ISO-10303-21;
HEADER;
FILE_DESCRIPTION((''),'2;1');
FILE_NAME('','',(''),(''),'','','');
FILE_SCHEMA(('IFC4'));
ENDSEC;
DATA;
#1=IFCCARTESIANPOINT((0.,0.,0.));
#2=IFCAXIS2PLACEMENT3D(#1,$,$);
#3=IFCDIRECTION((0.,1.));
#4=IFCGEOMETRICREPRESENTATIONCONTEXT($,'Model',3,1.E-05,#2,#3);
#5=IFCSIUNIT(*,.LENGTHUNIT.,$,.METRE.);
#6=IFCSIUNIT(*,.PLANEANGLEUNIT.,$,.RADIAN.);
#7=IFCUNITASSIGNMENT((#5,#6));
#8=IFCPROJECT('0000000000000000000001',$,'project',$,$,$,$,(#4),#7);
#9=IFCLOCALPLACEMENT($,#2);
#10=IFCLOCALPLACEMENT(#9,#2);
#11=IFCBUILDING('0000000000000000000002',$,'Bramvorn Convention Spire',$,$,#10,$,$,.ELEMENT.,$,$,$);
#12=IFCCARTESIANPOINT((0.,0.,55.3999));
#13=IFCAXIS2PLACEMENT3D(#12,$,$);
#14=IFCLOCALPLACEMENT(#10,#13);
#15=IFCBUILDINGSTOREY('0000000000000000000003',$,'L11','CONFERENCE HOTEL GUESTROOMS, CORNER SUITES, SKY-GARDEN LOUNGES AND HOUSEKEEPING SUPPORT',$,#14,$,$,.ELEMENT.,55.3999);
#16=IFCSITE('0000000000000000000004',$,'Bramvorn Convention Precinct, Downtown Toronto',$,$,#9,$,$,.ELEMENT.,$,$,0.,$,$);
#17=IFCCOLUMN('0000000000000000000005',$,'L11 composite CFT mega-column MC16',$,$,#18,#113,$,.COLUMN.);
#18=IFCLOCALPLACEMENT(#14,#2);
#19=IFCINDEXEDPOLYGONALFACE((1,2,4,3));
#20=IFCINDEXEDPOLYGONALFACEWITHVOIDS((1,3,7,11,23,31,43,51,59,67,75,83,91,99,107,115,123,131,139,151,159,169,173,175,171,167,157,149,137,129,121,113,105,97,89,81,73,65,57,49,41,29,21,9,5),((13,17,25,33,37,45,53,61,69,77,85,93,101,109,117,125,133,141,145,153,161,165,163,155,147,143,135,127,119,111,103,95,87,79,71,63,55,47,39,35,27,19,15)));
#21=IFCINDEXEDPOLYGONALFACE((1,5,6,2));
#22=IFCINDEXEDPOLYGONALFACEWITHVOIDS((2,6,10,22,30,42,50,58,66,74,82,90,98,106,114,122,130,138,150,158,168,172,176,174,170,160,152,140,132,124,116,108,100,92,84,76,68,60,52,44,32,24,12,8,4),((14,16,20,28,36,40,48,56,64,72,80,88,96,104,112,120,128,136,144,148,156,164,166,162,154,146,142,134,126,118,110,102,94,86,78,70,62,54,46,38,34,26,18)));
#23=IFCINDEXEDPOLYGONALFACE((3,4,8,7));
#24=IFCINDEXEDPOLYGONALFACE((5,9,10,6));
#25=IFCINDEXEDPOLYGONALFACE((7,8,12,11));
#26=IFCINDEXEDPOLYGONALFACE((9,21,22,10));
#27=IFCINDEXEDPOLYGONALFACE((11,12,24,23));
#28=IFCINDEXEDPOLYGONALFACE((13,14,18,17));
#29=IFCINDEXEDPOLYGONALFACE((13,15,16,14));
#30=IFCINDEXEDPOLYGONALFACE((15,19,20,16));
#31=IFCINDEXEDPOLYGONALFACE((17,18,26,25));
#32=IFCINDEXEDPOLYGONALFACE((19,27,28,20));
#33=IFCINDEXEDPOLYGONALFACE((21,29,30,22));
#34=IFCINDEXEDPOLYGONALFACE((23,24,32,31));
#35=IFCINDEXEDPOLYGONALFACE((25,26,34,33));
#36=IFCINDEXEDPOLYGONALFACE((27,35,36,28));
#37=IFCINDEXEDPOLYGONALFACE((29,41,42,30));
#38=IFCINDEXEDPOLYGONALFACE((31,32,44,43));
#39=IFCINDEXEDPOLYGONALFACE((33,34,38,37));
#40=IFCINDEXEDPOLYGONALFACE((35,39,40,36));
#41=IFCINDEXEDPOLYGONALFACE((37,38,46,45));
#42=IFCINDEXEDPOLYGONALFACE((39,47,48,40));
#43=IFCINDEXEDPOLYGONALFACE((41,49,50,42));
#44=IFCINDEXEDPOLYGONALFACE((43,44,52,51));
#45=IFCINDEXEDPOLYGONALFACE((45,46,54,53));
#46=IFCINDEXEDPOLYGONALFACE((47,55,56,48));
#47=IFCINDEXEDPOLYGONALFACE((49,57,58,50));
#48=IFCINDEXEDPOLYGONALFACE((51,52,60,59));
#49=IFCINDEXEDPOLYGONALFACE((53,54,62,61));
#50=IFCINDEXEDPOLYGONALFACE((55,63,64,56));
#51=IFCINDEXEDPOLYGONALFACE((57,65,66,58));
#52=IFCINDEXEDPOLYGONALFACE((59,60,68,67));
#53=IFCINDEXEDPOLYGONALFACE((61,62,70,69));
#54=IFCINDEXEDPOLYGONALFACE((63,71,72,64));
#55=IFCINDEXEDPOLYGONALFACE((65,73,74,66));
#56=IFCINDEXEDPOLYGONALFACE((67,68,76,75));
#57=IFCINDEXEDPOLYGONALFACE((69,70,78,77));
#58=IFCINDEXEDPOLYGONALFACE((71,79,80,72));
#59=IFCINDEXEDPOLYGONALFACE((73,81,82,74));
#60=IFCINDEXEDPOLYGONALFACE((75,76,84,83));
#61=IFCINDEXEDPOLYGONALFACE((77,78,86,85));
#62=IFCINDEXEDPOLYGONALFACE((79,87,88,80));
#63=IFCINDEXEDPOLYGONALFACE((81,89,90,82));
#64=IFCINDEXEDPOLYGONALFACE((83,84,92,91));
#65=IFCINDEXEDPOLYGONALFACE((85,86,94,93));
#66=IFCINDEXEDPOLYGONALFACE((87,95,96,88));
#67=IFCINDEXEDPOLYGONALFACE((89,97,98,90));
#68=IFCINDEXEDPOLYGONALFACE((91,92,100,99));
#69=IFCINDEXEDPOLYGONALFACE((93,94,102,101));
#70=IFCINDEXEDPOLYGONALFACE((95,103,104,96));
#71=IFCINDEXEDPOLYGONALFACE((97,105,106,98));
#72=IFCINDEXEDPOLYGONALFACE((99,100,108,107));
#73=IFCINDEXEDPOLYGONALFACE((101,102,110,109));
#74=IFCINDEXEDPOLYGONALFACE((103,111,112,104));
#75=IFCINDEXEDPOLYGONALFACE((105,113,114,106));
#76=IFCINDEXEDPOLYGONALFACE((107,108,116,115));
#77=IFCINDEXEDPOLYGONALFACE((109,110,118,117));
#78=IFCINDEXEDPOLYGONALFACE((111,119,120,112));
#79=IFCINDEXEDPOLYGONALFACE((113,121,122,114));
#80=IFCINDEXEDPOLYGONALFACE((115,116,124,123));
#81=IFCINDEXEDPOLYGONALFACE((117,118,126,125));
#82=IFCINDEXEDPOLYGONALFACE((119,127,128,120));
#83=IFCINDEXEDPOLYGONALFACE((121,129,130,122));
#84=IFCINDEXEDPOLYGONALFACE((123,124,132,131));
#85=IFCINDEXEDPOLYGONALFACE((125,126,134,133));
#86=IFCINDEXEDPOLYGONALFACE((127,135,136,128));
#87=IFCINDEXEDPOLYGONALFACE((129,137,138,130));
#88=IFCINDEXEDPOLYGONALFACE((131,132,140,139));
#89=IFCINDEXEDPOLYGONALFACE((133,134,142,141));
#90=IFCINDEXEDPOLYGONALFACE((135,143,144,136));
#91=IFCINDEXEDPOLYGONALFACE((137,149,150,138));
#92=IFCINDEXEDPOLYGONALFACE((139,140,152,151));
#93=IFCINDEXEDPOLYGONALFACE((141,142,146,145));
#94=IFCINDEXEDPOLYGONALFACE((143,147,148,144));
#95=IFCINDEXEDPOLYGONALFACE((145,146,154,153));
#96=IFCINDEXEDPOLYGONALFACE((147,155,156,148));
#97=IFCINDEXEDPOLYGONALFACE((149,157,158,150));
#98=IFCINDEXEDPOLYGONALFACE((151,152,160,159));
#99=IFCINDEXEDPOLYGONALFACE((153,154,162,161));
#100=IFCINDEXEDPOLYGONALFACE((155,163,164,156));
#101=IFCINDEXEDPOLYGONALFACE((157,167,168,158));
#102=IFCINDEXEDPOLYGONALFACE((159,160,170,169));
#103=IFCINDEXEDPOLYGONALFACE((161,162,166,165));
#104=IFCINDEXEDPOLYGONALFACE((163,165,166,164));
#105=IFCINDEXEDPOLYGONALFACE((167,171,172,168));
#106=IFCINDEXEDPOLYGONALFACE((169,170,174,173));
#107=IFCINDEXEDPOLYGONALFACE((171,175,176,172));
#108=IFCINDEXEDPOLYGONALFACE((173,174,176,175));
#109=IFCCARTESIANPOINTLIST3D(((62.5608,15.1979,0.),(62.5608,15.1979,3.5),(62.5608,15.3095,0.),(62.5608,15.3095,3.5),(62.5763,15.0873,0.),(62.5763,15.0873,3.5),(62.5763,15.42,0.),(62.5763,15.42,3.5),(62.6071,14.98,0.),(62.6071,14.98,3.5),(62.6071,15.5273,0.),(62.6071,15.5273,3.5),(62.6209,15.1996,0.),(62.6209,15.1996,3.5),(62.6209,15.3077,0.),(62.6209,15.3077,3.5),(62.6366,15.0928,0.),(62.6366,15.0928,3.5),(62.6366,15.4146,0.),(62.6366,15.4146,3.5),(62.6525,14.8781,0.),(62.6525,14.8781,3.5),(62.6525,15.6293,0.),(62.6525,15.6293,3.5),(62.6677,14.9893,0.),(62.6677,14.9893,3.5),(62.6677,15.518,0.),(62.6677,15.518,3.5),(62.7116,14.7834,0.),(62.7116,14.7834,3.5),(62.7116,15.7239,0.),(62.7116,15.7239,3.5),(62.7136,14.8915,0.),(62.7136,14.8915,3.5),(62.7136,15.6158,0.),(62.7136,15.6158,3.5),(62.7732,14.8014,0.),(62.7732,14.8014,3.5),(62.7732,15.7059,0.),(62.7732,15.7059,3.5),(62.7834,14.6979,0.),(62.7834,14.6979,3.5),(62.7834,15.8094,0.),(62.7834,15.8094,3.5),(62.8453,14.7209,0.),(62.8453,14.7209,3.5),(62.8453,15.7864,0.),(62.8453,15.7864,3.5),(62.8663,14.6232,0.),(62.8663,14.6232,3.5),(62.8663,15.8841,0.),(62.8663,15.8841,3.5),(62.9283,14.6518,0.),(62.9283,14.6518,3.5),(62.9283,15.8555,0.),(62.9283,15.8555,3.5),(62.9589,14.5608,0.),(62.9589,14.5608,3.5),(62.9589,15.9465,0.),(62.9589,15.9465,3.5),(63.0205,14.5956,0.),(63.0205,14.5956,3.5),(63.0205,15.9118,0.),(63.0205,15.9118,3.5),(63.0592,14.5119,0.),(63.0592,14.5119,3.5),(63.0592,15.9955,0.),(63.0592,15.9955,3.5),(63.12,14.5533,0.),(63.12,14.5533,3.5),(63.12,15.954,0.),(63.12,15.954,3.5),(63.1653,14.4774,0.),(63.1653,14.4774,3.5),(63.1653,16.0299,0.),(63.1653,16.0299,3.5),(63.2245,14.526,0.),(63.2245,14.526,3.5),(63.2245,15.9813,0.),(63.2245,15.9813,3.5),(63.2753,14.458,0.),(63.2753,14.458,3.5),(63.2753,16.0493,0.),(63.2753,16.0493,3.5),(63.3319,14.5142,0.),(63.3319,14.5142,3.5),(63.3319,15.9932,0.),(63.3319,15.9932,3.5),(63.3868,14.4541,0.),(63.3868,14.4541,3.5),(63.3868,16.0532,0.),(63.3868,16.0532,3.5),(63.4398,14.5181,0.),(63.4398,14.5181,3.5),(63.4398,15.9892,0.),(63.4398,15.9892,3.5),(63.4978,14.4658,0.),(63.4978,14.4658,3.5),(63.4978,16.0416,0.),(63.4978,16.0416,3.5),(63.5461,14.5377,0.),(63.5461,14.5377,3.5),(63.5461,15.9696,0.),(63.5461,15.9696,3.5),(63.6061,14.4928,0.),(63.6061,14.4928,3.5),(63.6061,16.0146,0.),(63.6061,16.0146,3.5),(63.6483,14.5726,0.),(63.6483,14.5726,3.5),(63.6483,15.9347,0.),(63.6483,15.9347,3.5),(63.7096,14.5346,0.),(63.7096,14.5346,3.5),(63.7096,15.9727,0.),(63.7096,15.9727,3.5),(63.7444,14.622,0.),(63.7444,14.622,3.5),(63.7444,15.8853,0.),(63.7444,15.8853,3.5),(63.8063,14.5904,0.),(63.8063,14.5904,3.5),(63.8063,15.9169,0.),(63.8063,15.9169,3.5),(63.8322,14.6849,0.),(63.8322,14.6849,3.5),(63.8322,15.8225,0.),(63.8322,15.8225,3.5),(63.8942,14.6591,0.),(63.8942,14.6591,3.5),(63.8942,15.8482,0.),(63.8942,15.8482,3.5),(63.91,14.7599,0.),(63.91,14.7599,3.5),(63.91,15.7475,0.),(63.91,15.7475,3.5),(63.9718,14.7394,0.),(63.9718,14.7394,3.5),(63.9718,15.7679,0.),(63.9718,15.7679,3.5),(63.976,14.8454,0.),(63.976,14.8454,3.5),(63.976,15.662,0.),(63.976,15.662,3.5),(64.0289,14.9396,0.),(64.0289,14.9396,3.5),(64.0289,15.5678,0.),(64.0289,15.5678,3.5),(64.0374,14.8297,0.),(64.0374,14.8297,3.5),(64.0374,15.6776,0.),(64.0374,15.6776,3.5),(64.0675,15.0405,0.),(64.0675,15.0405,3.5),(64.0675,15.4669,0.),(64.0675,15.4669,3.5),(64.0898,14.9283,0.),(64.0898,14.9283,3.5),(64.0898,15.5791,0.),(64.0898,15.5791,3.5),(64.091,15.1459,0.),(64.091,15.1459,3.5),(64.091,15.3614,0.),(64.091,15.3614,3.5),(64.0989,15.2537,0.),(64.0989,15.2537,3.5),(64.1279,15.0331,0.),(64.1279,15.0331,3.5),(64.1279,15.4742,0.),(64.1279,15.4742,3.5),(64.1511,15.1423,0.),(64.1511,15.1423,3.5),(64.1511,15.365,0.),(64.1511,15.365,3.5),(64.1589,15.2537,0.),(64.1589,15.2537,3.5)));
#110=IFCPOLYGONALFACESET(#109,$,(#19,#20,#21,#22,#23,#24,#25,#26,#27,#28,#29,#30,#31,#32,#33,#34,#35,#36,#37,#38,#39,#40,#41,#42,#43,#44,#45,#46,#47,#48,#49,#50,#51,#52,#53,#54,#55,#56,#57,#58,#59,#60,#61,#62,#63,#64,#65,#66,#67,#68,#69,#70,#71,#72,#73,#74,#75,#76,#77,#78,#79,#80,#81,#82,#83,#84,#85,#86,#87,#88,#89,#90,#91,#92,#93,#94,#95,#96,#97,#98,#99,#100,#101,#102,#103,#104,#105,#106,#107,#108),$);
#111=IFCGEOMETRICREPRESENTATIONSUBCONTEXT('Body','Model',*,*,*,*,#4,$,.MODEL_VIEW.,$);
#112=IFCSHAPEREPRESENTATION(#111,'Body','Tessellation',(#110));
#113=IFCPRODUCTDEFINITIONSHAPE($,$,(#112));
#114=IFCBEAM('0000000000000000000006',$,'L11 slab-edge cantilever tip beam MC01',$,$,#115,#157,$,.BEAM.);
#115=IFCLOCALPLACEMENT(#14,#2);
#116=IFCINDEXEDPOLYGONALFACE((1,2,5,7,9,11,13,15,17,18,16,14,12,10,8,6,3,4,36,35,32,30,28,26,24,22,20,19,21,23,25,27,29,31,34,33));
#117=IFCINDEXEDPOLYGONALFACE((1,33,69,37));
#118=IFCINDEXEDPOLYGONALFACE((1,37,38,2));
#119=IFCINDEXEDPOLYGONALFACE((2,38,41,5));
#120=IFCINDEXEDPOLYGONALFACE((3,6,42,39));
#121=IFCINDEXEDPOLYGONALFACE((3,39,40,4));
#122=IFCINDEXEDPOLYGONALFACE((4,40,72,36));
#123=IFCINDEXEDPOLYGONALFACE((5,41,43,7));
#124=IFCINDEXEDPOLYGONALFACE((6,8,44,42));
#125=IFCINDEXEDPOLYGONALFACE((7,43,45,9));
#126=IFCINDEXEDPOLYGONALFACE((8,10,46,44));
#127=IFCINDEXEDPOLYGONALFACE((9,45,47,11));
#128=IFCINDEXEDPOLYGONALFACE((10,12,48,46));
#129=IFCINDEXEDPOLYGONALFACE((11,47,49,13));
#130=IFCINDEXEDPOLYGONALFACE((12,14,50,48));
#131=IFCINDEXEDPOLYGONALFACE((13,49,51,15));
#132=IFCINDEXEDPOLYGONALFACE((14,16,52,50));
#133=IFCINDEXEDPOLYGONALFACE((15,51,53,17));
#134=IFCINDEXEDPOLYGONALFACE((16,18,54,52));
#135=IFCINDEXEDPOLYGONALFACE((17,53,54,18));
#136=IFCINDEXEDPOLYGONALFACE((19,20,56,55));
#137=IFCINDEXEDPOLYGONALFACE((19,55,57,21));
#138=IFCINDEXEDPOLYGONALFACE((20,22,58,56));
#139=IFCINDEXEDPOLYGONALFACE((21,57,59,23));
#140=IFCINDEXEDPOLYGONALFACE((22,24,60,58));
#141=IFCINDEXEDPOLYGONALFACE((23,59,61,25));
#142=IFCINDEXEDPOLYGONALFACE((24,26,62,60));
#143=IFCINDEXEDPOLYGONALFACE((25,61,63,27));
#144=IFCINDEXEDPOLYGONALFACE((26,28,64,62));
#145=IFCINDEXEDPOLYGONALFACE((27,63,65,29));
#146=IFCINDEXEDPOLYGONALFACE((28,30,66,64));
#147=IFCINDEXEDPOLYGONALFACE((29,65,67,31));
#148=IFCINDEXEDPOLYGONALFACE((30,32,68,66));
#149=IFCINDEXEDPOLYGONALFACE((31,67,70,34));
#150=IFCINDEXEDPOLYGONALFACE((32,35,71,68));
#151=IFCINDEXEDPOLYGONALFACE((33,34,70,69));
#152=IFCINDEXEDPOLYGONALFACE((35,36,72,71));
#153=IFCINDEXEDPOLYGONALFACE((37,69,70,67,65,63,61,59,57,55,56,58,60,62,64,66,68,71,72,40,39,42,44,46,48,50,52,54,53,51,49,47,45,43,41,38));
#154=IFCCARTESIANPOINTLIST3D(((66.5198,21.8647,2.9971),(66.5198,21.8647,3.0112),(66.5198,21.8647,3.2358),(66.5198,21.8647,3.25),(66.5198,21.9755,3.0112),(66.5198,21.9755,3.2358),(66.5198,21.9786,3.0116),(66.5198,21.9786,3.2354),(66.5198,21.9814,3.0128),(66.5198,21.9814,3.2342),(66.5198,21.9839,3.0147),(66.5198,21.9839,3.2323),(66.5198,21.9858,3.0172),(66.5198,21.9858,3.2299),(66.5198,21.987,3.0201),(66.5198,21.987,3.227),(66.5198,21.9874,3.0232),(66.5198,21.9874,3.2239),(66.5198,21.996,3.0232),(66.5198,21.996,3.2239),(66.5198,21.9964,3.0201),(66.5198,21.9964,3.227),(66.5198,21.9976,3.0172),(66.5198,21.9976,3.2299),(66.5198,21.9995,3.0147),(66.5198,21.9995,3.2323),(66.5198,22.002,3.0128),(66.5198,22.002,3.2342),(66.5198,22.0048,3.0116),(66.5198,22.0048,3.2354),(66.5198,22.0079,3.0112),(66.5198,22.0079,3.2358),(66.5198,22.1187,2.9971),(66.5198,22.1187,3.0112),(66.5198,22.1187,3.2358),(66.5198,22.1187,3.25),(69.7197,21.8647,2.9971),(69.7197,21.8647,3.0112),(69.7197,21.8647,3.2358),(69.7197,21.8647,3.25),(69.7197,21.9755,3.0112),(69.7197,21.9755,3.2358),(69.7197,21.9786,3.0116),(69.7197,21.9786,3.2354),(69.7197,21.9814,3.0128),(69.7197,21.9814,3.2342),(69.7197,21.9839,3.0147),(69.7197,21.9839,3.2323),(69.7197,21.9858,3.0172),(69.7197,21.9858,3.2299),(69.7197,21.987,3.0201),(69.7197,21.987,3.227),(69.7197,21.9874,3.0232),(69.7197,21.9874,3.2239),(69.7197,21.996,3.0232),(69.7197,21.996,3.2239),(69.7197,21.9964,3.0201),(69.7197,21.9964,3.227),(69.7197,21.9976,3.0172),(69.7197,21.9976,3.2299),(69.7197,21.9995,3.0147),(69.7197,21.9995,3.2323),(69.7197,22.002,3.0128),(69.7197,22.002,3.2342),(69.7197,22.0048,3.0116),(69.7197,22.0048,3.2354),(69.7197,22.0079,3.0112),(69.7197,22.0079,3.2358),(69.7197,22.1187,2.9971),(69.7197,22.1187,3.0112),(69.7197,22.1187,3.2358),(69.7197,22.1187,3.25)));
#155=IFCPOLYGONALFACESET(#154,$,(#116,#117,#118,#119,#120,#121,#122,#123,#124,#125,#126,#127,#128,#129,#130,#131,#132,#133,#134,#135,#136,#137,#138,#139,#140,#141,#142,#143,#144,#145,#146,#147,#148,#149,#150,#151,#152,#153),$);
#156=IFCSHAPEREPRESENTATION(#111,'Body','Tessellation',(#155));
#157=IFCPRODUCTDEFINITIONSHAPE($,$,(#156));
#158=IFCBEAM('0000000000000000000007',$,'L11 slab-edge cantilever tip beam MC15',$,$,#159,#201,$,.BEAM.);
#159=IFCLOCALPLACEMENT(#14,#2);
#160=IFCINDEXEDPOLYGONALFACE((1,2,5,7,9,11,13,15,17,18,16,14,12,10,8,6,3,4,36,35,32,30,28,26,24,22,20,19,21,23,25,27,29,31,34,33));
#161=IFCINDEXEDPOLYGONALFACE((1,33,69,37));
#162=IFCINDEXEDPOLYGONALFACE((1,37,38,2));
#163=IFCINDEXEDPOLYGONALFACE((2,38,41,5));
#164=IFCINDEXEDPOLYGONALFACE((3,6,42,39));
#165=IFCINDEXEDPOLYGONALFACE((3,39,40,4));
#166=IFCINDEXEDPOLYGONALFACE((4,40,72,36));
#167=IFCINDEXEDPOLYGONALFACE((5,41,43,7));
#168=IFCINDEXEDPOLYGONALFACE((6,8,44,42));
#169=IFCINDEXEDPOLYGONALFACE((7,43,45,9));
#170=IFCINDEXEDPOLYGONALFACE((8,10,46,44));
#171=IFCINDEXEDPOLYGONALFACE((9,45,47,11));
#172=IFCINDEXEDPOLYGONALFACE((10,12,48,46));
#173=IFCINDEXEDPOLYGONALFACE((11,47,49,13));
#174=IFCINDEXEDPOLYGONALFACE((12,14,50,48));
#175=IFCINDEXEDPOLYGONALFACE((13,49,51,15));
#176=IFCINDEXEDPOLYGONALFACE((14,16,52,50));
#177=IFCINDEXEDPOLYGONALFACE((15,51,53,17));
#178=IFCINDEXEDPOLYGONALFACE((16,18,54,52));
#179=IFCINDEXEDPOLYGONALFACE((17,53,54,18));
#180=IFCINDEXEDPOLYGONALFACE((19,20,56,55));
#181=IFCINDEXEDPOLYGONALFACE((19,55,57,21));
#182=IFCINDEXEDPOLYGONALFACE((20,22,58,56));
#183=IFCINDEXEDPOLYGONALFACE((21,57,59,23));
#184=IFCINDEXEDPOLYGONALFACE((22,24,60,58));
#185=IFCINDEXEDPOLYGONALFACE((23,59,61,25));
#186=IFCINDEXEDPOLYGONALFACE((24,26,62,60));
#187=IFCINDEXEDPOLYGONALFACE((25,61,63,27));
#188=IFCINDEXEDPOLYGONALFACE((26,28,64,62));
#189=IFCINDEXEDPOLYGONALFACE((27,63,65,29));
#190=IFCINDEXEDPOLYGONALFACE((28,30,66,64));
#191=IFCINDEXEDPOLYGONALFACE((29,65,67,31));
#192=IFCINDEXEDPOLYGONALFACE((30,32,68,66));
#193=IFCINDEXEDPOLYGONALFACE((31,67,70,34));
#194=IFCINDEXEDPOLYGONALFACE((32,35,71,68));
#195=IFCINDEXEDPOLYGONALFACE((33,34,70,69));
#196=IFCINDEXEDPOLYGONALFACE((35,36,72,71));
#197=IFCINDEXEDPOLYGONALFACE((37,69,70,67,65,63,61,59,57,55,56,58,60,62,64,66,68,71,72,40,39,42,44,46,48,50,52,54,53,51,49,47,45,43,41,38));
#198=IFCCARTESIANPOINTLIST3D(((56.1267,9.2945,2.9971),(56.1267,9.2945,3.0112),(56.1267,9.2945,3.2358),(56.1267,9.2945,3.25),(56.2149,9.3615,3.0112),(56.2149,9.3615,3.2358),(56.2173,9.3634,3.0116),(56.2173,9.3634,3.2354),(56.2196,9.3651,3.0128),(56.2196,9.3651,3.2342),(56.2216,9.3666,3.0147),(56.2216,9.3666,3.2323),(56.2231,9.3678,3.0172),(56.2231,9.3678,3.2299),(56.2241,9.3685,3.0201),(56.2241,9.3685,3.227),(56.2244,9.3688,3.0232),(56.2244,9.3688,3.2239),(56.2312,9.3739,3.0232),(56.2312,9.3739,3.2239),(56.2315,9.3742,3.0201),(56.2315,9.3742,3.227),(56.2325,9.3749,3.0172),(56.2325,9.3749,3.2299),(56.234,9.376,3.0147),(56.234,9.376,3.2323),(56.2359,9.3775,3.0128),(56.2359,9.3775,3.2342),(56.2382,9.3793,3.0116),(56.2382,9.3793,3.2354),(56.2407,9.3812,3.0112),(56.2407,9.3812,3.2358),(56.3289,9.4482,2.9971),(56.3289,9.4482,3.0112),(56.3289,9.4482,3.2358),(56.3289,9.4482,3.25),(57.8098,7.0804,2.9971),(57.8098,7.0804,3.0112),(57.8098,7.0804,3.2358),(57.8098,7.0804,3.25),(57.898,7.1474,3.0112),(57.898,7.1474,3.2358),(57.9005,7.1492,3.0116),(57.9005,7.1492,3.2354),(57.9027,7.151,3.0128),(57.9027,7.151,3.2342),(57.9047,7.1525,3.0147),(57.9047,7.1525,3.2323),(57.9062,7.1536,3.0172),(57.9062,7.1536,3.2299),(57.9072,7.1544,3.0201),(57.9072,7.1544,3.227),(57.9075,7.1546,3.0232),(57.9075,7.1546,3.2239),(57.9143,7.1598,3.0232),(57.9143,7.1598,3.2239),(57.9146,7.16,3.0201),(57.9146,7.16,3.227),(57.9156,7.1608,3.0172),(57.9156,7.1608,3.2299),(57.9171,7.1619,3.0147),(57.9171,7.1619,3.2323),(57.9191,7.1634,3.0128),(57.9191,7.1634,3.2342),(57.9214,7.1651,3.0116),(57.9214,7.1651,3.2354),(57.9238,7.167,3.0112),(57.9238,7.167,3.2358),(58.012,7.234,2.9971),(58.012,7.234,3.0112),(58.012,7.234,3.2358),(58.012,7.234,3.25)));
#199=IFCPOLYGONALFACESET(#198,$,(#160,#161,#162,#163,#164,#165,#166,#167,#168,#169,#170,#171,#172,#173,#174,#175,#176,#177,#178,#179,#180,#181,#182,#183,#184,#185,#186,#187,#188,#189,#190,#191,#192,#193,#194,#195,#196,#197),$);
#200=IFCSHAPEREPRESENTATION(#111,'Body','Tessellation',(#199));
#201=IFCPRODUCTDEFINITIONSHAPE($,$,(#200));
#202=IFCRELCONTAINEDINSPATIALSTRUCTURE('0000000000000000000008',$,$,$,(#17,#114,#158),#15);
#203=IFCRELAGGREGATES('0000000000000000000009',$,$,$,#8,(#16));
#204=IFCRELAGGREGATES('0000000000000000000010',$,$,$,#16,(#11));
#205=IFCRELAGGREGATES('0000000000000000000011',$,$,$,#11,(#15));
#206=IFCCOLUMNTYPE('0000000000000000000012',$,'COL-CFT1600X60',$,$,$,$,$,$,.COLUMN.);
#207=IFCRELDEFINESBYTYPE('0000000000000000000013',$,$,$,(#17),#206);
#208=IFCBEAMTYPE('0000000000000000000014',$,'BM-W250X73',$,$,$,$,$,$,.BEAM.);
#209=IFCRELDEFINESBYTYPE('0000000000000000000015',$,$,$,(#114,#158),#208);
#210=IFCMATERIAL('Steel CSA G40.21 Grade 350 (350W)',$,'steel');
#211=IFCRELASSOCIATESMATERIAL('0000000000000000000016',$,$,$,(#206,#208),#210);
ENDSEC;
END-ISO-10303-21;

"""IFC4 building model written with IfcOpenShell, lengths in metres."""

from ifc_helpers import new_model, si_unit, direction, frame, origin, origin_2d, place, context, subcontext, project, spatial, hollow_circle, i_section, extrude, material, material_profile, profile_set, type_object, element, save


model = new_model("IFC4")

# Units and contexts
model_context = context("Model", 3, precision=1e-05, world=origin(), true_north=direction((0.0, 1.0)))
body_context = subcontext(model_context, "Body", "Model", "MODEL_VIEW")
ifc_project = project(units=[si_unit("LENGTHUNIT", "METRE"), si_unit("PLANEANGLEUNIT", "RADIAN")], contexts=[model_context])

# Site, building, storey
site_placement = place(None, origin())
site = spatial("IfcSite", under=ifc_project, at=site_placement, Name="Bramvorn Convention Precinct, Downtown Toronto", CompositionType="ELEMENT", RefElevation=0.0)
building_placement = place(site_placement, origin())
building = spatial("IfcBuilding", under=site, at=building_placement, Name="Bramvorn Convention Spire", CompositionType="ELEMENT")
storey_placement = place(building_placement, frame((0.0, 0.0, 55.3999)))
storey = spatial("IfcBuildingStorey", under=building, at=storey_placement, Name="L11", Description="CONFERENCE HOTEL GUESTROOMS, CORNER SUITES, SKY-GARDEN LOUNGES AND HOUSEKEEPING SUPPORT", CompositionType="ELEMENT", Elevation=55.3999)

# Column
ifc_material_1 = material(Name="Steel CSA G40.21 Grade 350 (350W)", Category="steel")
ifc_material_profile_1 = material_profile(ifc_material_1, hollow_circle(Radius=0.8, WallThickness=0.0601, at=origin_2d()))
ifc_profile_set_1 = profile_set([ifc_material_profile_1], Name="Steel CSA G40.21 Grade 350 (350W) - CFT1600X60")
column_type = type_object("IfcColumnType", Name="COL-CFT1600X60", PredefinedType="COLUMN", material=ifc_profile_set_1)
for number, where, z_axis, x_axis, name in (
    (1, (63.3589, 15.2537, 0.0), (0.0, 0.0, 1.0), (1.0, 0.0, 0.0), "L11 composite CFT mega-column MC16"),
):
    element("IfcColumn", number, at=place(storey_placement, frame(where, z_axis=z_axis, x_axis=x_axis)), inside=storey, type_object=column_type, Name=name, PredefinedType="COLUMN", context=body_context, shape_type="SweptSolid", body=[
        extrude(hollow_circle(Radius=0.8, WallThickness=0.0601, at=origin_2d()), origin(), (0.0, 0.0, 1.0), 3.5),
    ])

# Beams
ifc_material_profile_2 = material_profile(ifc_material_1, i_section(OverallWidth=0.2539, OverallDepth=0.2529, WebThickness=0.0085, FlangeThickness=0.0142, FilletRadius=0.012, at=origin_2d()))
ifc_profile_set_2 = profile_set([ifc_material_profile_2], Name="Steel CSA G40.21 Grade 350 (350W) - W250X73")
beam_type_1 = type_object("IfcBeamType", Name="BM-W250X73", PredefinedType="BEAM", material=ifc_profile_set_2)
beam_1_placement = place(storey_placement, frame((66.5198, 21.9917, 3.1235), z_axis=(1.0, 0.0, 0.0), x_axis=(0.0, 1.0, 0.0)))
element("IfcBeam", 2, at=beam_1_placement, inside=storey, type_object=beam_type_1, Name="L11 slab-edge cantilever tip beam MC01", PredefinedType="BEAM", context=body_context, shape_type="SweptSolid", body=[
    extrude(i_section(OverallWidth=0.2539, OverallDepth=0.2529, WebThickness=0.0085, FlangeThickness=0.0142, FilletRadius=0.012, at=origin_2d()), origin(), (0.0, 0.0, 1.0), 3.2),
])
beam_2_placement = place(storey_placement, frame((56.2278, 9.3713, 3.1235), z_axis=(0.60517, -0.796096, 0.0), x_axis=(0.796096, 0.60517, 0.0)))
element("IfcBeam", 3, at=beam_2_placement, inside=storey, type_object=beam_type_1, Name="L11 slab-edge cantilever tip beam MC15", PredefinedType="BEAM", context=body_context, shape_type="SweptSolid", body=[
    extrude(i_section(OverallWidth=0.2539, OverallDepth=0.2529, WebThickness=0.0085, FlangeThickness=0.0142, FilletRadius=0.012, at=origin_2d()), origin(), (0.0, 0.0, 1.0), 2.7812),
])

save(model, "model.ifc")
